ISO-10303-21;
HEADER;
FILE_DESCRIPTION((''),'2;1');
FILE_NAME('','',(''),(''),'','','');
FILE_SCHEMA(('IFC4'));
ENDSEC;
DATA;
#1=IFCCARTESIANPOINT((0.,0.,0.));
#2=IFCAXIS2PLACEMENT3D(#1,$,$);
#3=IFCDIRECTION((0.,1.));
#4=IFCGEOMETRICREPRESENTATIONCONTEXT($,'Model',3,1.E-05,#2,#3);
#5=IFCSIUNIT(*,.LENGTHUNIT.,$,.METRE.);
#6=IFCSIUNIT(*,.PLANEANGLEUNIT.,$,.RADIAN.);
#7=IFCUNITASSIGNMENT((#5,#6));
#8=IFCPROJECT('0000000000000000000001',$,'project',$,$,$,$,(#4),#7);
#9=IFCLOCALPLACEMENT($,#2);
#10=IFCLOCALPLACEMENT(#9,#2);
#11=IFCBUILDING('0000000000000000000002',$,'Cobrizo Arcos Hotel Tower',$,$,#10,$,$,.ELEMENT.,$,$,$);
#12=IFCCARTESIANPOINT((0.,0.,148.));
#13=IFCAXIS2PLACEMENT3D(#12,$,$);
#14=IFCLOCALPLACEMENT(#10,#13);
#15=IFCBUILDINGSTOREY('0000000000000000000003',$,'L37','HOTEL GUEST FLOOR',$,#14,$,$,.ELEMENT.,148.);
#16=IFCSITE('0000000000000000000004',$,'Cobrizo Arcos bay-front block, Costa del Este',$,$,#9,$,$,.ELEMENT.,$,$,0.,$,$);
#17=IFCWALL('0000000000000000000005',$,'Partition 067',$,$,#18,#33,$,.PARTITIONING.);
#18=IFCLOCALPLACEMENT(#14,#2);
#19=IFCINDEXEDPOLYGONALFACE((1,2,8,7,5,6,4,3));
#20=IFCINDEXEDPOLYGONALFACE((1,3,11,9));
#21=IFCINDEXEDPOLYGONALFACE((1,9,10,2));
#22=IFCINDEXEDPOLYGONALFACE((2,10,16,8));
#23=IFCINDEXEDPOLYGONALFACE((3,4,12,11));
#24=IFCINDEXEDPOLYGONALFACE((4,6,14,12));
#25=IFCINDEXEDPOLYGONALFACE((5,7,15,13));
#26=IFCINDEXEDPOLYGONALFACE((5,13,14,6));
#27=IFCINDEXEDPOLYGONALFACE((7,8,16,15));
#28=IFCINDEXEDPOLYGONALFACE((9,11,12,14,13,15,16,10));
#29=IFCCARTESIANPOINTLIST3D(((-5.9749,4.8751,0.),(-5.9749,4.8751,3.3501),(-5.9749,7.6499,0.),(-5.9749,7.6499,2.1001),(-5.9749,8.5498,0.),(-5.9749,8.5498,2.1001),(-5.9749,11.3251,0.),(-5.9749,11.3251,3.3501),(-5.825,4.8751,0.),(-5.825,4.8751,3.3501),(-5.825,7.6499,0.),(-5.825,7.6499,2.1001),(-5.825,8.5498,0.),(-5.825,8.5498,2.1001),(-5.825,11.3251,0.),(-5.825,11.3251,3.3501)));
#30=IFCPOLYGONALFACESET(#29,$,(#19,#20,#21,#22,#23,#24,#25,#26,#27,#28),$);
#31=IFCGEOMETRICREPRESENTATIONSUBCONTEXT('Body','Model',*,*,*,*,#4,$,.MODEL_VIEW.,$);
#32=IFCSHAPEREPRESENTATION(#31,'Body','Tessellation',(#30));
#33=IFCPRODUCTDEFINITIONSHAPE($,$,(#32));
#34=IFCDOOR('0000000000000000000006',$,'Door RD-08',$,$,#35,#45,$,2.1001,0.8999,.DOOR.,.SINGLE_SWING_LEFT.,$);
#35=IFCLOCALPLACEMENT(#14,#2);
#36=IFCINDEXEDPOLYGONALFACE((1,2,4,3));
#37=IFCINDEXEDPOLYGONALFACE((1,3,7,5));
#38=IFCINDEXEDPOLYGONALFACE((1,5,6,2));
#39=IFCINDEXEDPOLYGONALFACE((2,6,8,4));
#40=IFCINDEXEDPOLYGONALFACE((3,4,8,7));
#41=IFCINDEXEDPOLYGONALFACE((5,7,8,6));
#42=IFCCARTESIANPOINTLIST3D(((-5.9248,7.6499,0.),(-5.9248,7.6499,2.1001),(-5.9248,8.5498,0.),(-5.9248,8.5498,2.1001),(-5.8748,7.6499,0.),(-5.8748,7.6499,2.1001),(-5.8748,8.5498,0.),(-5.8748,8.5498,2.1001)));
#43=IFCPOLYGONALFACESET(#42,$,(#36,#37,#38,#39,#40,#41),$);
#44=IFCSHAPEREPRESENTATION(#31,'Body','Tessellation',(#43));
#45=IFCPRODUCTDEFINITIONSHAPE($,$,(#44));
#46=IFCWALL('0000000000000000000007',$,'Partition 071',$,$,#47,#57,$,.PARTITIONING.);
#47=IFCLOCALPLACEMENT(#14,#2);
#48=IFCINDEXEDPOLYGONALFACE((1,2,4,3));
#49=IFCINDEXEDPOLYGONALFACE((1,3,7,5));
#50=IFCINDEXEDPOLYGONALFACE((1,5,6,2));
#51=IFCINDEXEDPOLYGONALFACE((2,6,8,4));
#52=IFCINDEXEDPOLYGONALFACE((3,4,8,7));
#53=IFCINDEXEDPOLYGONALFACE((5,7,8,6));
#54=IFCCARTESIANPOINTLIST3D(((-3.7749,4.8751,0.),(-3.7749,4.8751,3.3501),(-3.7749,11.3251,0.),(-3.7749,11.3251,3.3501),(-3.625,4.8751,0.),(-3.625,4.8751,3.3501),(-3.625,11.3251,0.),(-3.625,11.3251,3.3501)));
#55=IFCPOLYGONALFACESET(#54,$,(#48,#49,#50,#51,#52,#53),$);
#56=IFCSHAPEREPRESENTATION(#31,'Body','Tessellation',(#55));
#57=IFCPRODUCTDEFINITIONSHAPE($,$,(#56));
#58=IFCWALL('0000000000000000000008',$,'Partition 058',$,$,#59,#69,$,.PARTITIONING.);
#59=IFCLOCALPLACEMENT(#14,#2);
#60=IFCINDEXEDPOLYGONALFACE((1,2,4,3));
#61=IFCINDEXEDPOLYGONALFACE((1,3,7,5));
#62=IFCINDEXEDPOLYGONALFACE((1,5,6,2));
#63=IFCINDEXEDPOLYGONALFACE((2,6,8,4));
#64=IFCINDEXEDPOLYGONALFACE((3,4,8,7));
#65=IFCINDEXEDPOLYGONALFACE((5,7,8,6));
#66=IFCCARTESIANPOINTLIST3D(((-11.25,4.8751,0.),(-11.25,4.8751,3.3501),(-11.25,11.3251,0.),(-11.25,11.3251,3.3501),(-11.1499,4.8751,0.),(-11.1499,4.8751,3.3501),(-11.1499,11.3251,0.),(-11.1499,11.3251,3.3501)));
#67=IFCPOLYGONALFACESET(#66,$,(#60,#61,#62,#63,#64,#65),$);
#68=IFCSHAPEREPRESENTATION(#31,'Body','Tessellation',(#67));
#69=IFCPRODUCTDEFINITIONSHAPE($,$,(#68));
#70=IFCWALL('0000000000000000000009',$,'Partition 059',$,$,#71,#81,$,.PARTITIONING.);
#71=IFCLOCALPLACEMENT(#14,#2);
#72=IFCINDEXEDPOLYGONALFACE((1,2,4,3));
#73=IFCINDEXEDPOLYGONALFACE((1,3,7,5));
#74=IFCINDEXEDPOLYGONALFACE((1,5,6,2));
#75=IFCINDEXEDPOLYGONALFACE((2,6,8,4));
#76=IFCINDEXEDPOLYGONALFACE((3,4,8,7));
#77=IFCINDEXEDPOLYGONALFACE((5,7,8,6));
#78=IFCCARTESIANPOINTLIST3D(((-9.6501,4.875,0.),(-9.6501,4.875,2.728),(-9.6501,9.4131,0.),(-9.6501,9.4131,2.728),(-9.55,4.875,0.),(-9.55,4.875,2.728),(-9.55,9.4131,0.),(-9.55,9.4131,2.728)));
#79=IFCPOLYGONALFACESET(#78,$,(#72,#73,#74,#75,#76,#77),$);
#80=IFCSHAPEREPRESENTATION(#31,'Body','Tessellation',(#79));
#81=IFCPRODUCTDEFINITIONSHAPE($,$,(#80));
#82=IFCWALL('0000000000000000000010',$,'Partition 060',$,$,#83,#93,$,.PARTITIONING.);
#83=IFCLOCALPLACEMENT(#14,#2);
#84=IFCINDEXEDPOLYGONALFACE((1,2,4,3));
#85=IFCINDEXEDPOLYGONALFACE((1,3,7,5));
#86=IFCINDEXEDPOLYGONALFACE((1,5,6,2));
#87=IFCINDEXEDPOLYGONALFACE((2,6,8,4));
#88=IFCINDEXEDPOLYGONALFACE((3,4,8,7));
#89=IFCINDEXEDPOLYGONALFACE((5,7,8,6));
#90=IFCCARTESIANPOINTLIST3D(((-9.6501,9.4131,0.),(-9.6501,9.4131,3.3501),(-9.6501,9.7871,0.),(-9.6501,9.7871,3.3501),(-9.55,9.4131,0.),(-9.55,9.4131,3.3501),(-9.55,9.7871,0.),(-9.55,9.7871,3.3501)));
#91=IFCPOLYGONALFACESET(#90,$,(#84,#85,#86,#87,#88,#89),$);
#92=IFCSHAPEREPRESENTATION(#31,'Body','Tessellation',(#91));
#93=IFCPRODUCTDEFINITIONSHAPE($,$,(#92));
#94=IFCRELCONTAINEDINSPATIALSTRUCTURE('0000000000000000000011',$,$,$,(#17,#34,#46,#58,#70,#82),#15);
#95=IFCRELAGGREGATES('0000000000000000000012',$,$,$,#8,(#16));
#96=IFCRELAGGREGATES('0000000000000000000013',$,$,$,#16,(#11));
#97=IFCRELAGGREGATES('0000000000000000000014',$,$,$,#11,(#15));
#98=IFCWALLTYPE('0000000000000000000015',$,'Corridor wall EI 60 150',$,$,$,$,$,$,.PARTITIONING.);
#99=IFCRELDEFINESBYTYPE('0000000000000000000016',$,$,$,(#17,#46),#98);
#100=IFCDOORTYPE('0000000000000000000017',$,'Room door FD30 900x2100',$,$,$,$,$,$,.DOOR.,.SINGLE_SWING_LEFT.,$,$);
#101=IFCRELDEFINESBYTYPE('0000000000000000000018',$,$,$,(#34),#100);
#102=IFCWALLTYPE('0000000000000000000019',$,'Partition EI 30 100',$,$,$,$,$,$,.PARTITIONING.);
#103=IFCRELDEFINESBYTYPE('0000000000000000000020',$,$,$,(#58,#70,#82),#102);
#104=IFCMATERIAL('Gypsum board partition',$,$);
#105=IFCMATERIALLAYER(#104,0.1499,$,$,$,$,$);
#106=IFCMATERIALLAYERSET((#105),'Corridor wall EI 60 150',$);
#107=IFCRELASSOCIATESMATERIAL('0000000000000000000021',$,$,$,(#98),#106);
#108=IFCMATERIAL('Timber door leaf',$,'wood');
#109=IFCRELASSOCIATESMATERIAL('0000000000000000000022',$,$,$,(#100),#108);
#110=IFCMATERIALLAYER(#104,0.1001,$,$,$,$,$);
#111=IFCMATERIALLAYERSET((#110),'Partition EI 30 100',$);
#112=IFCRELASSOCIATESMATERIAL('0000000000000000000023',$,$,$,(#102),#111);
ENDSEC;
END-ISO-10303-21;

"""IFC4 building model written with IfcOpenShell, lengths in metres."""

from ifc_helpers import new_model, si_unit, direction, frame, frame_2d, origin, place, context, subcontext, project, spatial, rectangle, extrude, material, layer, layer_set, type_object, element, fill, save


model = new_model("IFC4")

# Units and contexts
model_context = context("Model", 3, precision=1e-05, world=origin(), true_north=direction((0.0, 1.0)))
body_context = subcontext(model_context, "Body", "Model", "MODEL_VIEW")
ifc_project = project(units=[si_unit("LENGTHUNIT", "METRE"), si_unit("PLANEANGLEUNIT", "RADIAN")], contexts=[model_context])

# Site, building, storey
site_placement = place(None, origin())
site = spatial("IfcSite", under=ifc_project, at=site_placement, Name="Cobrizo Arcos bay-front block, Costa del Este", CompositionType="ELEMENT", RefElevation=0.0)
building_placement = place(site_placement, origin())
building = spatial("IfcBuilding", under=site, at=building_placement, Name="Cobrizo Arcos Hotel Tower", CompositionType="ELEMENT")
storey_placement = place(building_placement, frame((0.0, 0.0, 148.0)))
storey = spatial("IfcBuildingStorey", under=building, at=storey_placement, Name="L37", Description="HOTEL GUEST FLOOR", CompositionType="ELEMENT", Elevation=148.0)

# Shared definitions
ifc_material_1 = material(Name="Gypsum board partition")
ifc_layer_1 = layer(ifc_material_1, 0.1499)
ifc_layer_set_1 = layer_set([ifc_layer_1], Name="Corridor wall EI 60 150")
wall_type_1 = type_object("IfcWallType", Name="Corridor wall EI 60 150", PredefinedType="PARTITIONING", material=ifc_layer_set_1)

# Wall, opening, door
ifc_material_2 = material(Name="Timber door leaf", Category="wood")
door_type_1 = type_object("IfcDoorType", Name="Room door FD30 900x2100", OperationType="SINGLE_SWING_LEFT", PredefinedType="DOOR", material=ifc_material_2)
wall_1_placement = place(storey_placement, frame((-5.8999, 4.875, 0.0), z_axis=(0.0, 0.0, 1.0), x_axis=(0.0, 1.0, 0.0)))
wall_1 = element("IfcWall", 1, at=wall_1_placement, inside=storey, type_object=wall_type_1, Name="Partition 067", PredefinedType="PARTITIONING", context=body_context, shape_type="SweptSolid", body=[
    extrude(rectangle(XDim=6.45, YDim=0.1499, at=frame_2d((3.2251, 0.0))), origin(), (0.0, 0.0, 1.0), 3.3501),
])
opening_1_placement = place(wall_1_placement, frame((2.7749, 0.0, 0.0)))
opening_1 = element("IfcOpeningElement", 2, at=opening_1_placement, cuts=wall_1, PredefinedType="OPENING", context=body_context, shape_type="SweptSolid", body=[
    extrude(rectangle(XDim=0.8999, YDim=2.1001, at=frame_2d((0.45, 1.05))), frame((0.0, 0.0869, 0.0), z_axis=(0.0, -1.0, 0.0), x_axis=(1.0, 0.0, 0.0)), (0.0, 0.0, 1.0), 0.1738),
])
door_1_placement = place(opening_1_placement, origin())
door_1 = element("IfcDoor", 3, at=door_1_placement, inside=storey, type_object=door_type_1, Name="Door RD-08", OperationType="SINGLE_SWING_LEFT", OverallHeight=2.1001, OverallWidth=0.8999, PredefinedType="DOOR", context=body_context, shape_type="SweptSolid", body=[
    extrude(rectangle(XDim=0.8999, YDim=2.1001, at=frame_2d((0.45, 1.05))), frame((0.0, 0.0249, 0.0), z_axis=(0.0, -1.0, 0.0), x_axis=(1.0, 0.0, 0.0)), (0.0, 0.0, 1.0), 0.05),
])
fill(opening_1, door_1)

# Walls
wall_2_placement = place(storey_placement, frame((-3.7, 4.875, 0.0), z_axis=(0.0, 0.0, 1.0), x_axis=(0.0, 1.0, 0.0)))
element("IfcWall", 4, at=wall_2_placement, inside=storey, type_object=wall_type_1, Name="Partition 071", PredefinedType="PARTITIONING", context=body_context, shape_type="SweptSolid", body=[
    extrude(rectangle(XDim=6.45, YDim=0.1499, at=frame_2d((3.2251, 0.0))), origin(), (0.0, 0.0, 1.0), 3.3501),
])
ifc_layer_2 = layer(ifc_material_1, 0.1001)
ifc_layer_set_2 = layer_set([ifc_layer_2], Name="Partition EI 30 100")
wall_type_2 = type_object("IfcWallType", Name="Partition EI 30 100", PredefinedType="PARTITIONING", material=ifc_layer_set_2)
wall_3_placement = place(storey_placement, frame((-11.2, 4.875, 0.0), z_axis=(0.0, 0.0, 1.0), x_axis=(0.0, 1.0, 0.0)))
element("IfcWall", 5, at=wall_3_placement, inside=storey, type_object=wall_type_2, Name="Partition 058", PredefinedType="PARTITIONING", context=body_context, shape_type="SweptSolid", body=[
    extrude(rectangle(XDim=6.45, YDim=0.1001, at=frame_2d((3.2251, 0.0))), origin(), (0.0, 0.0, 1.0), 3.3501),
])
wall_4_placement = place(storey_placement, frame((-9.6001, 4.875, 0.0), z_axis=(0.0, 0.0, 1.0), x_axis=(0.0, 1.0, 0.0)))
element("IfcWall", 6, at=wall_4_placement, inside=storey, type_object=wall_type_2, Name="Partition 059", PredefinedType="PARTITIONING", context=body_context, shape_type="SweptSolid", body=[
    extrude(rectangle(XDim=4.5381, YDim=0.1001, at=frame_2d((2.269, 0.0))), origin(), (0.0, 0.0, 1.0), 2.728),
])
wall_5_placement = place(storey_placement, frame((-9.6001, 9.4131, 0.0), z_axis=(0.0, 0.0, 1.0), x_axis=(0.0, 1.0, 0.0)))
element("IfcWall", 7, at=wall_5_placement, inside=storey, type_object=wall_type_2, Name="Partition 060", PredefinedType="PARTITIONING", context=body_context, shape_type="SweptSolid", body=[
    extrude(rectangle(XDim=0.374, YDim=0.1001, at=frame_2d((0.187, 0.0))), origin(), (0.0, 0.0, 1.0), 3.3501),
])

save(model, "model.ifc")
